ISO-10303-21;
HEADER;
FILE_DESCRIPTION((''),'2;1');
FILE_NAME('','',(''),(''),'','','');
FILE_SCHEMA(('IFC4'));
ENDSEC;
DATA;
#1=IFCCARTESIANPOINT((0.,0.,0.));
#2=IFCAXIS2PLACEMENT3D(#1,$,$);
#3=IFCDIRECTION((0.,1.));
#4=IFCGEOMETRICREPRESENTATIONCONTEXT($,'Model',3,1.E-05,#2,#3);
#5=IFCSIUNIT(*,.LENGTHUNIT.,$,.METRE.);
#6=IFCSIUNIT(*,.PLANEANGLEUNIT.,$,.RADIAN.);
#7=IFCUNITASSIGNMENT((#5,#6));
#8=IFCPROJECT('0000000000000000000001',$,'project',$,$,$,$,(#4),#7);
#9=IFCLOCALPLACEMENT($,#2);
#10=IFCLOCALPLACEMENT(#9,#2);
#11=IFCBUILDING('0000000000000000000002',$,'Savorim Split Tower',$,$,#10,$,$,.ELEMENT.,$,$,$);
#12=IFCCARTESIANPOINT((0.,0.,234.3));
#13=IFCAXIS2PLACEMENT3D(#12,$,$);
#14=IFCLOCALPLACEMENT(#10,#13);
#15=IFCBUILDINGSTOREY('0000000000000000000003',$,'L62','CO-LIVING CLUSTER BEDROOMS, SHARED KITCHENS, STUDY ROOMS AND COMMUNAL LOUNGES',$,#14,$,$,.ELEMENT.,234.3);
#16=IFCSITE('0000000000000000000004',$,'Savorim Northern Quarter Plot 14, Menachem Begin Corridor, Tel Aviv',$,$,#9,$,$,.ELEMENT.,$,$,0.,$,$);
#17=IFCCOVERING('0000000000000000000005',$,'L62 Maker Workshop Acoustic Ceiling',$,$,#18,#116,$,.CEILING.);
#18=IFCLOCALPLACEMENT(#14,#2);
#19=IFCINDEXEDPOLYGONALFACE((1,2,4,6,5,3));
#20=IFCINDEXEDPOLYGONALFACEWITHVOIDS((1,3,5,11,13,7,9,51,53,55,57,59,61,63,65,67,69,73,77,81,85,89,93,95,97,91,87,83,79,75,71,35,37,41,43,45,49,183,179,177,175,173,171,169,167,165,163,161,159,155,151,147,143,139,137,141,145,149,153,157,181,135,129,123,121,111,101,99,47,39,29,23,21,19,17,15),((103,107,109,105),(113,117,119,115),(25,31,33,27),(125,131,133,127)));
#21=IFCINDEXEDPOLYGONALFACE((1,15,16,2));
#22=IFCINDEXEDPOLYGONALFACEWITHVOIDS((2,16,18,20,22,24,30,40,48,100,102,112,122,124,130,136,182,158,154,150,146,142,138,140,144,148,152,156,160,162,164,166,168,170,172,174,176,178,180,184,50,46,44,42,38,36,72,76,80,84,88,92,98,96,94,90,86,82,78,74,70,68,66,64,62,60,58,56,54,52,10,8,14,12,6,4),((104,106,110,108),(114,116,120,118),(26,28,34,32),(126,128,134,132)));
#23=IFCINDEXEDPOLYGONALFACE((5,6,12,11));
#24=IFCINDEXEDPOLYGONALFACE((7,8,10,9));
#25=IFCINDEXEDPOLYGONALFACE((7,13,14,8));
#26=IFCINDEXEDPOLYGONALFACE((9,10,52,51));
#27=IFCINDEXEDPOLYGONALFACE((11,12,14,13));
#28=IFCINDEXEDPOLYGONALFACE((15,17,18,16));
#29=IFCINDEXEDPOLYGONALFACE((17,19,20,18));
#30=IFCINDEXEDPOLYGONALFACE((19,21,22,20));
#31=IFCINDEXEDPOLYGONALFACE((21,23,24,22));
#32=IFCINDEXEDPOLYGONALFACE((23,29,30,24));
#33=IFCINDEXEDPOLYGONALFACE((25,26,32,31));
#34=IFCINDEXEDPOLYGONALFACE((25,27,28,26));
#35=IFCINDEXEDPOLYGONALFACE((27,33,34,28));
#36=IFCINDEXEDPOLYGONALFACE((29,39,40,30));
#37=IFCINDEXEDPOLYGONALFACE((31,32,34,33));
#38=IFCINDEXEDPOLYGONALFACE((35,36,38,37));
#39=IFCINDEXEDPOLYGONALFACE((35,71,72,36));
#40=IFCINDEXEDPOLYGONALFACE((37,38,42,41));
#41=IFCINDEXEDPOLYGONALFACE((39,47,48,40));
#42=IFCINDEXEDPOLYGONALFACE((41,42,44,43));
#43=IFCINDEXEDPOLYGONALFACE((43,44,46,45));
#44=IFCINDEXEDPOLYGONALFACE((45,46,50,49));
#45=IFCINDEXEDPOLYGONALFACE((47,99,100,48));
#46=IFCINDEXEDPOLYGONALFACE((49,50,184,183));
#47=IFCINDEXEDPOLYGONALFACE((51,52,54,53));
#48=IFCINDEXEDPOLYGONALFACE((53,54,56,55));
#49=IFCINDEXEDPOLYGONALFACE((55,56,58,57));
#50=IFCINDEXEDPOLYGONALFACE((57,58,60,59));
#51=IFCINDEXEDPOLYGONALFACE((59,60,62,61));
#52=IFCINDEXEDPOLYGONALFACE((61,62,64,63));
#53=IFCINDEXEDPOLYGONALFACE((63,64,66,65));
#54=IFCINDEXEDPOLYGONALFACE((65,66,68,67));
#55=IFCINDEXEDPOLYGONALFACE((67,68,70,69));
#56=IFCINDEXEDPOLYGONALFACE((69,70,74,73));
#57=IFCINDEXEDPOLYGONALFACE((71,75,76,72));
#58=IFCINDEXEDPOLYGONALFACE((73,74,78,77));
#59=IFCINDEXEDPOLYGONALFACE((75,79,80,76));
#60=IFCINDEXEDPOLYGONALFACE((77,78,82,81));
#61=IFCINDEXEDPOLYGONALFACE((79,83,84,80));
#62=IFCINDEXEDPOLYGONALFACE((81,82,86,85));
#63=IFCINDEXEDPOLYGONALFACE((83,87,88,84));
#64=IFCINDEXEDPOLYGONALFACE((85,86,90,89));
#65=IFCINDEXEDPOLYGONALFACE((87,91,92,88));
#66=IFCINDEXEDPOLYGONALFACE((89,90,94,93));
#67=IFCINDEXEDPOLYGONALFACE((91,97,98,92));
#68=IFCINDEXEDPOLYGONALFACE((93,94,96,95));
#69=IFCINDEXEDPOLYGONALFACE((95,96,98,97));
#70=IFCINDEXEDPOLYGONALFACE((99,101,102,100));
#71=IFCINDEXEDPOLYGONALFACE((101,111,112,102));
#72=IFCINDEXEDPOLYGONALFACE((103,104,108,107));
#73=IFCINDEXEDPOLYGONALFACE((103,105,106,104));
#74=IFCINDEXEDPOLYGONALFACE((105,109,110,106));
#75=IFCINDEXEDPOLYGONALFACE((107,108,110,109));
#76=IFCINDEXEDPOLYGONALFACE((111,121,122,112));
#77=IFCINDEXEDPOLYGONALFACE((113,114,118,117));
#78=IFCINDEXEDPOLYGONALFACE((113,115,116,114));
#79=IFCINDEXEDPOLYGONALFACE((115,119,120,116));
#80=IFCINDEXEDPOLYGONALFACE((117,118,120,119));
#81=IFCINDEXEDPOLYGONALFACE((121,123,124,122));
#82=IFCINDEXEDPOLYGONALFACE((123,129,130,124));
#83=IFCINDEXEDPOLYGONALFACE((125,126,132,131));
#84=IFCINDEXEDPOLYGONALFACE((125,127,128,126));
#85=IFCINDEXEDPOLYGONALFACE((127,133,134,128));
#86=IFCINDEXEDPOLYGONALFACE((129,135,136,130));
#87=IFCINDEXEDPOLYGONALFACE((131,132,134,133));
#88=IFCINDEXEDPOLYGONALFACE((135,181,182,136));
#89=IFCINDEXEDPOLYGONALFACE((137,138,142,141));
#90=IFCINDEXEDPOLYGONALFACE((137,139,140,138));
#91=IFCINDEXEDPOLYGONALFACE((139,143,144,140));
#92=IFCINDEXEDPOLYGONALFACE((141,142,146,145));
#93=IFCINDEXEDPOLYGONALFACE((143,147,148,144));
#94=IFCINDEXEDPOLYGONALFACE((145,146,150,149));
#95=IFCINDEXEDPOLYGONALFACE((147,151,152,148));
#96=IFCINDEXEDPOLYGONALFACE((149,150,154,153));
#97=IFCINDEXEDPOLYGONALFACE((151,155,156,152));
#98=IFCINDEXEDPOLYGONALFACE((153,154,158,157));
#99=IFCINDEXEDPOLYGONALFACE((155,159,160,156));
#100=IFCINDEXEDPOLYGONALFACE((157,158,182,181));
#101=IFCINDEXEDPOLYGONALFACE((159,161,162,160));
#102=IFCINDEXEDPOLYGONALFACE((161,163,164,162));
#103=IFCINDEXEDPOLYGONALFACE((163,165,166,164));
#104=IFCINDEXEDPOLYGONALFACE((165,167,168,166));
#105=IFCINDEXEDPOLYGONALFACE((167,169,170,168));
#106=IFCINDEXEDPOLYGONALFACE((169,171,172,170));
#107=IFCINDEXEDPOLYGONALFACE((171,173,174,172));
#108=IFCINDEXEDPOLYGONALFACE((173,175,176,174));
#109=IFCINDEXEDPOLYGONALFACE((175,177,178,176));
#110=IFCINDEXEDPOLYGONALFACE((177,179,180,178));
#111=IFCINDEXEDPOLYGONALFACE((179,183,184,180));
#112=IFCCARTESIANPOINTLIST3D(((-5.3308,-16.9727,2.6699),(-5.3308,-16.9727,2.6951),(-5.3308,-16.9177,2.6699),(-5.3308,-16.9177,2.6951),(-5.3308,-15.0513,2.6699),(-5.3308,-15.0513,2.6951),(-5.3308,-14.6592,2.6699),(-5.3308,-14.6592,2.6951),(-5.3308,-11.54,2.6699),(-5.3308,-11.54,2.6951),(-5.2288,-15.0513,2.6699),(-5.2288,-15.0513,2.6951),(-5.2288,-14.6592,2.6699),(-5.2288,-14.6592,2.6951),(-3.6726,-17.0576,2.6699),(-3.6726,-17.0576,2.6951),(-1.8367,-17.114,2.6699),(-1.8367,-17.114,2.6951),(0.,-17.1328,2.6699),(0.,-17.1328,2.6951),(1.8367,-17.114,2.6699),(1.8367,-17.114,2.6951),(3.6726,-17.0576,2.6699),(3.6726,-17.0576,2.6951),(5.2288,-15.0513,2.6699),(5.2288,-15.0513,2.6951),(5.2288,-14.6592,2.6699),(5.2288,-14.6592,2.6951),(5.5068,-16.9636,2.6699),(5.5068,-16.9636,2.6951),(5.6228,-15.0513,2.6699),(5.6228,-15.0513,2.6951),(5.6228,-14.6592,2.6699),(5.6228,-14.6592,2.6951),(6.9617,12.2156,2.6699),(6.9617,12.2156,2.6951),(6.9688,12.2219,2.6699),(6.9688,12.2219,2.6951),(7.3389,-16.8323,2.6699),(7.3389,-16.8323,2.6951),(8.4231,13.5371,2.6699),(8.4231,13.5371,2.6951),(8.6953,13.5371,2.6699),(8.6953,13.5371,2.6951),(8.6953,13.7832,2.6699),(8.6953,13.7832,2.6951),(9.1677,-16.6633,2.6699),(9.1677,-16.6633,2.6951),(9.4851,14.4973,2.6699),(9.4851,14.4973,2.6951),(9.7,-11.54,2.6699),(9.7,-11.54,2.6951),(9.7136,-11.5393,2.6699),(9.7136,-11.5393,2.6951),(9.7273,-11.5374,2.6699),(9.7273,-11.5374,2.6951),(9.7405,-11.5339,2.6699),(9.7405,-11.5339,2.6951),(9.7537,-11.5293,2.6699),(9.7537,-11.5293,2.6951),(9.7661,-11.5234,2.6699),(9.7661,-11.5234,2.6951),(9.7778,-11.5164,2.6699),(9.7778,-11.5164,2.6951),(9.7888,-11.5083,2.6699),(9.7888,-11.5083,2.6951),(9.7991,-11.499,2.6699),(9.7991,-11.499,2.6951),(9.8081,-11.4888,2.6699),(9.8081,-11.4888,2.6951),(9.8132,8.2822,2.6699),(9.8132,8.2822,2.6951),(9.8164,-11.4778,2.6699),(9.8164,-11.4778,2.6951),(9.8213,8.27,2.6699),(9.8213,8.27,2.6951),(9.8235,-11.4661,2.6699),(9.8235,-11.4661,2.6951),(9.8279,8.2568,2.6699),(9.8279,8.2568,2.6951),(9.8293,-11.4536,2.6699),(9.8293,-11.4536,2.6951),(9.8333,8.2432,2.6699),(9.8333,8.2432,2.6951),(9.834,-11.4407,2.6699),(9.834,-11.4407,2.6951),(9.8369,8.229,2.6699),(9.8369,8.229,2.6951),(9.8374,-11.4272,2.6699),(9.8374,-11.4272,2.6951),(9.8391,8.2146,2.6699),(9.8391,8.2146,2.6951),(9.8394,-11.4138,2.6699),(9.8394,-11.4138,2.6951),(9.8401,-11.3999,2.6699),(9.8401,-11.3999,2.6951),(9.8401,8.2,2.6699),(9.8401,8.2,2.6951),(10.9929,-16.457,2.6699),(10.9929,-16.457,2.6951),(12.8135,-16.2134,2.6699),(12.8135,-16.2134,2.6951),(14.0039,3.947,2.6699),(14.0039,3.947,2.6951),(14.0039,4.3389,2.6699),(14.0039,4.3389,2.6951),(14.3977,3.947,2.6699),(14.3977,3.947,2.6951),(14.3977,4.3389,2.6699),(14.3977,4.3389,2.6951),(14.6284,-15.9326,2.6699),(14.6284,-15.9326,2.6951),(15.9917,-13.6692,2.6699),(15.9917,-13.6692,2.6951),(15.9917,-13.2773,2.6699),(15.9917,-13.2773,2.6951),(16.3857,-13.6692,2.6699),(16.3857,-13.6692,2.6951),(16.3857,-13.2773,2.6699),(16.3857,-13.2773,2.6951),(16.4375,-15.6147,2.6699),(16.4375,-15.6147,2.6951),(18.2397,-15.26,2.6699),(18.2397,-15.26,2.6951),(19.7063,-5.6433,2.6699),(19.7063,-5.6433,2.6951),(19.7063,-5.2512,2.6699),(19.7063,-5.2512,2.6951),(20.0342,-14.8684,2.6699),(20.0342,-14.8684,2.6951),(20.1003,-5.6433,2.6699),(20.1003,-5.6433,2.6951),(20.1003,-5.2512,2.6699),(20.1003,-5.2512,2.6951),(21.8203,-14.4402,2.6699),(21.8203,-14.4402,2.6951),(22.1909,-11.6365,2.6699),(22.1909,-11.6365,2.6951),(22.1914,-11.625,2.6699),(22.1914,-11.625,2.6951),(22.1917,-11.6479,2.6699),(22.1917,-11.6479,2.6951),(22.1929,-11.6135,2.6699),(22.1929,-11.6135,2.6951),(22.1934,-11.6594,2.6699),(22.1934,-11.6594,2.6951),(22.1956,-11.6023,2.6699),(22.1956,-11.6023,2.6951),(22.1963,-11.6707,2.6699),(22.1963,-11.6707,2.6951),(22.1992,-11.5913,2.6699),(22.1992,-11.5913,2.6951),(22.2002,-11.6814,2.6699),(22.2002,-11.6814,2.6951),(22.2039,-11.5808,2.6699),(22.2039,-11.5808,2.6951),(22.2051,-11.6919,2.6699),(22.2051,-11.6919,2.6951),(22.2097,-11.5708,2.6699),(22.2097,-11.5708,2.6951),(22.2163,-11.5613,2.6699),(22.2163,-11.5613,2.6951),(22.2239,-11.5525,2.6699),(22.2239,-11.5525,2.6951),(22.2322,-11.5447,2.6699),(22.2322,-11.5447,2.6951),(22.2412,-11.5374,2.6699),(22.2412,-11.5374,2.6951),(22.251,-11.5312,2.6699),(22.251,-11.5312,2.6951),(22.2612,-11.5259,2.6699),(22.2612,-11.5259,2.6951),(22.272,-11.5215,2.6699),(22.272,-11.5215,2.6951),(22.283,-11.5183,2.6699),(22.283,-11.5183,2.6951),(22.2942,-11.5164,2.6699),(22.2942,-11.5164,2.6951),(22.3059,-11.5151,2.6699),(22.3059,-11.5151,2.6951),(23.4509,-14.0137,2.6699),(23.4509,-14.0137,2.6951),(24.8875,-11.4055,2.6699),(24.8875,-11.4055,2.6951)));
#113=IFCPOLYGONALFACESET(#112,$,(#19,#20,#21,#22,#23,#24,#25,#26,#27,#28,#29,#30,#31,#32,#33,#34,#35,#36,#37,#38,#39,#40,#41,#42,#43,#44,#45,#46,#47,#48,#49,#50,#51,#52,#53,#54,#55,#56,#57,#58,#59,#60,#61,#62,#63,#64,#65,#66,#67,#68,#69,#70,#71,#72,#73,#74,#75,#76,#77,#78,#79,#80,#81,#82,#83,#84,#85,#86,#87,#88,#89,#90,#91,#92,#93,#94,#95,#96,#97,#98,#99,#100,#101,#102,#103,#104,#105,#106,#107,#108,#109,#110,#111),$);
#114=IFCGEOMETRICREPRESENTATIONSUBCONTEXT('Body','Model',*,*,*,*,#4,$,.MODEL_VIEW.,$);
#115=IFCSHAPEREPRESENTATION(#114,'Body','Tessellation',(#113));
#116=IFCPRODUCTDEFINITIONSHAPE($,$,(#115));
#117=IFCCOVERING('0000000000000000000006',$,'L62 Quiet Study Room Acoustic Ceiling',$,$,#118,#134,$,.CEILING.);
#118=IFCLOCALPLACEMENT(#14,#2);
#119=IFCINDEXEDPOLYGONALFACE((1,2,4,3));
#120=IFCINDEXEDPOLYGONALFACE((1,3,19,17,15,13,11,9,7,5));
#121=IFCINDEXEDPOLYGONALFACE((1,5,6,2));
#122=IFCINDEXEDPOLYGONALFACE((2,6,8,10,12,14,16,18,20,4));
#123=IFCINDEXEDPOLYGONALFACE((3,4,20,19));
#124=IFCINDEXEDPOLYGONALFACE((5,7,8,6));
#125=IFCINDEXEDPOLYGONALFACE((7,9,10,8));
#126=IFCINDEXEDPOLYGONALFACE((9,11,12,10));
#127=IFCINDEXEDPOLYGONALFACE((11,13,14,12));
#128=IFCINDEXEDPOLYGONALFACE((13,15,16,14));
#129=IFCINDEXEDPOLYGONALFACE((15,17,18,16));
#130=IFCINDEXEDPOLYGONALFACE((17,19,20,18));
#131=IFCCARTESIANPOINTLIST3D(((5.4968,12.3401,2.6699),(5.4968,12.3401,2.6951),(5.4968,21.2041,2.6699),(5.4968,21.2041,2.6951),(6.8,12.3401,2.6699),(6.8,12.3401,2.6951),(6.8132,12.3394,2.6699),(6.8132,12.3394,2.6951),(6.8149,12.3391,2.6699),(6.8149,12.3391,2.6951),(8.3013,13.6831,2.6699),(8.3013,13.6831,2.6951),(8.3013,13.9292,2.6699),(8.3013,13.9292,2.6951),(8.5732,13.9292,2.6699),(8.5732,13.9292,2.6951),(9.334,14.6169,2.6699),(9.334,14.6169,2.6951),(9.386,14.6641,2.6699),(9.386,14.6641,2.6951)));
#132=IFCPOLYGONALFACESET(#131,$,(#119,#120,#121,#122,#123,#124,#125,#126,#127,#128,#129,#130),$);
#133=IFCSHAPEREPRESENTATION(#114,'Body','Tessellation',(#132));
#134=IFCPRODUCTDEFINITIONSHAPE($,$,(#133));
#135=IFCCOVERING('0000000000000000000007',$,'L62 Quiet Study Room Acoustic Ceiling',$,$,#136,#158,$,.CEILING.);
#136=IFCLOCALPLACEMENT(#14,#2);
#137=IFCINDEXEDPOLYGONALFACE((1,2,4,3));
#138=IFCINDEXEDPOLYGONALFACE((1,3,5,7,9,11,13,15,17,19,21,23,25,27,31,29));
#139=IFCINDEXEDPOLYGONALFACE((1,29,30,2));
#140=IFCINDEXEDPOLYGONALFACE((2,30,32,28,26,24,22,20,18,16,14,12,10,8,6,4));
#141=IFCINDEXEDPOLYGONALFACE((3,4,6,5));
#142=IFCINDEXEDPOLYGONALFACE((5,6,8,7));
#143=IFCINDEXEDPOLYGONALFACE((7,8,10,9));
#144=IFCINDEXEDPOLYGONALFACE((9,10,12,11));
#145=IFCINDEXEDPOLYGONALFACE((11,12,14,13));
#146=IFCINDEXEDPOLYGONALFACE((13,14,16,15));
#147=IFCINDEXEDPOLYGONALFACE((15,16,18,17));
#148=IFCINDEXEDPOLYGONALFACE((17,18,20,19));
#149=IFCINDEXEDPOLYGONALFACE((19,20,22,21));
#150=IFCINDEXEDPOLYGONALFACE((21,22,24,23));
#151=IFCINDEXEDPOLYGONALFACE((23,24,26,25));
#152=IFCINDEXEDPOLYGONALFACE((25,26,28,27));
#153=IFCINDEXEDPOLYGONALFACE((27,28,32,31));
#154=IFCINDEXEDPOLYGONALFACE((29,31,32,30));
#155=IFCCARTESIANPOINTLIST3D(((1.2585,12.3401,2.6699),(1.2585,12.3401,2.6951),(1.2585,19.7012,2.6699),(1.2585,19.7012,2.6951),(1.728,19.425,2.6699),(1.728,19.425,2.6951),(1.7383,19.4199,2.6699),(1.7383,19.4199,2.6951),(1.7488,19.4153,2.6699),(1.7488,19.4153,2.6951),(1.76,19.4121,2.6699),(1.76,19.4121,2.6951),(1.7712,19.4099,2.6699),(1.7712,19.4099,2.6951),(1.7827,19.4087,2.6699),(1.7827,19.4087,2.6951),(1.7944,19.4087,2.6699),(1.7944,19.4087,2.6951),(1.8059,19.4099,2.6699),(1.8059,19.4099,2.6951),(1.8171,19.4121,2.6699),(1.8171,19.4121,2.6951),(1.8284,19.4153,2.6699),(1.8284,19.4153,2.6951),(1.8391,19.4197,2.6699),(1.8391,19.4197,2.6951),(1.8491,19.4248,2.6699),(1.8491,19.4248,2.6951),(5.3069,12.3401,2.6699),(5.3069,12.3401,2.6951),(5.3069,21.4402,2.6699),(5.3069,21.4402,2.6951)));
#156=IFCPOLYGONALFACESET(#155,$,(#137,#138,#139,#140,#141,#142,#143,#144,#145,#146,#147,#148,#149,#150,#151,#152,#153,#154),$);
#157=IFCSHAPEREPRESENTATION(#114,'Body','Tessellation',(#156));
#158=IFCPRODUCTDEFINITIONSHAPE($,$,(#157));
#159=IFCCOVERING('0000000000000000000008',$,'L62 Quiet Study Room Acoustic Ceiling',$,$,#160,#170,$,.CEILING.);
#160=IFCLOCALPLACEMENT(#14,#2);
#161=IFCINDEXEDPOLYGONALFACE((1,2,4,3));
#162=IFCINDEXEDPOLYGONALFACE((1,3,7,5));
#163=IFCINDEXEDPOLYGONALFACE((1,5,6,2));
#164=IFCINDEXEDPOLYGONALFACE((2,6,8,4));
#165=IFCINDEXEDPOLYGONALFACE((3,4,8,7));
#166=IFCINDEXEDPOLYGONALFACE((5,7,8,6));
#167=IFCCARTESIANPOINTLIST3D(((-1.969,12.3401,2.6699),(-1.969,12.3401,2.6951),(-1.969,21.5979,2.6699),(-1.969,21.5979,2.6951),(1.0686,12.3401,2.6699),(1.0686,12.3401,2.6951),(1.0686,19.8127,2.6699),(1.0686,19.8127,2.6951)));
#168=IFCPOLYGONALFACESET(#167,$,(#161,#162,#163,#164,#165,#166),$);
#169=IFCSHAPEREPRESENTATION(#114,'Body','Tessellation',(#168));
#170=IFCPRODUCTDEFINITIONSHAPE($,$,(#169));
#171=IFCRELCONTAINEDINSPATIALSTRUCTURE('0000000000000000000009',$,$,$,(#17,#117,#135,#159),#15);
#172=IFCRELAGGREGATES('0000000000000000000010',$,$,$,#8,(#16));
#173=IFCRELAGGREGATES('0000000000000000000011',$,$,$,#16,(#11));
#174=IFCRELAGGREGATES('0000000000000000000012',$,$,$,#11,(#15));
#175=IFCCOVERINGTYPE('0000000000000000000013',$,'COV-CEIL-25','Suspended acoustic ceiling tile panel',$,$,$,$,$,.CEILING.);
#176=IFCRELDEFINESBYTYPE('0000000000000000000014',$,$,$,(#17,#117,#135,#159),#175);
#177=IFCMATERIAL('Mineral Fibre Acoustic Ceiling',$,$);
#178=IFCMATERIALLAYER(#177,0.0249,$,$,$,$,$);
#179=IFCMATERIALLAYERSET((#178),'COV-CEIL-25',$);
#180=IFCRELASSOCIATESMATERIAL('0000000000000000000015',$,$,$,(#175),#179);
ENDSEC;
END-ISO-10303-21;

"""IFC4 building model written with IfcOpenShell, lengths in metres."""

from ifc_helpers import new_model, si_unit, direction, frame, origin, place, context, subcontext, project, spatial, polyline, outline, extrude, material, layer, layer_set, type_object, element, save


model = new_model("IFC4")

# Units and contexts
model_context = context("Model", 3, precision=1e-05, world=origin(), true_north=direction((0.0, 1.0)))
body_context = subcontext(model_context, "Body", "Model", "MODEL_VIEW")
ifc_project = project(units=[si_unit("LENGTHUNIT", "METRE"), si_unit("PLANEANGLEUNIT", "RADIAN")], contexts=[model_context])

# Site, building, storey
site_placement = place(None, origin())
site = spatial("IfcSite", under=ifc_project, at=site_placement, Name="Savorim Northern Quarter Plot 14, Menachem Begin Corridor, Tel Aviv", CompositionType="ELEMENT", RefElevation=0.0)
building_placement = place(site_placement, origin())
building = spatial("IfcBuilding", under=site, at=building_placement, Name="Savorim Split Tower", CompositionType="ELEMENT")
storey_placement = place(building_placement, frame((0.0, 0.0, 234.3)))
storey = spatial("IfcBuildingStorey", under=building, at=storey_placement, Name="L62", Description="CO-LIVING CLUSTER BEDROOMS, SHARED KITCHENS, STUDY ROOMS AND COMMUNAL LOUNGES", CompositionType="ELEMENT", Elevation=234.3)

# Coverings
ifc_material_1 = material(Name="Mineral Fibre Acoustic Ceiling")
ifc_layer_1 = layer(ifc_material_1, 0.0249)
ifc_layer_set_1 = layer_set([ifc_layer_1], Name="COV-CEIL-25")
covering_type_1 = type_object("IfcCoveringType", Name="COV-CEIL-25", Description="Suspended acoustic ceiling tile panel", PredefinedType="CEILING", material=ifc_layer_set_1)
covering_1_placement = place(storey_placement, frame((0.0, 0.0, 2.6699)))
element("IfcCovering", 1, at=covering_1_placement, inside=storey, type_object=covering_type_1, Name="L62 Maker Workshop Acoustic Ceiling", PredefinedType="CEILING", context=body_context, shape_type="SweptSolid", body=[
    extrude(outline(polyline([(22.283, -11.5183), (22.2942, -11.5164), (22.3059, -11.5151), (24.8875, -11.4055), (9.4851, 14.4973), (8.6953, 13.7832), (8.6953, 13.5371), (8.4231, 13.5371), (6.9688, 12.2219), (6.9617, 12.2156), (9.8132, 8.2822), (9.8213, 8.27), (9.8279, 8.2568), (9.8333, 8.2432), (9.8369, 8.229), (9.8391, 8.2146), (9.8401, 8.2), (9.8401, -11.3999), (9.8394, -11.4138), (9.8374, -11.4272), (9.834, -11.4407), (9.8293, -11.4536), (9.8235, -11.4661), (9.8164, -11.4778), (9.8081, -11.4888), (9.7991, -11.499), (9.7888, -11.5083), (9.7778, -11.5164), (9.7661, -11.5234), (9.7537, -11.5293), (9.7405, -11.5339), (9.7273, -11.5374), (9.7136, -11.5393), (9.7, -11.54), (-5.3308, -11.54), (-5.3308, -14.6592), (-5.2288, -14.6592), (-5.2288, -15.0513), (-5.3308, -15.0513), (-5.3308, -16.9177), (-5.3308, -16.9727), (-3.6726, -17.0576), (-1.8367, -17.114), (0.0, -17.1328), (1.8367, -17.114), (3.6726, -17.0576), (5.5068, -16.9636), (7.3389, -16.8323), (9.1677, -16.6633), (10.9929, -16.457), (12.8135, -16.2134), (14.6284, -15.9326), (16.4375, -15.6147), (18.2397, -15.26), (20.0342, -14.8684), (21.8203, -14.4402), (23.4509, -14.0137), (22.2051, -11.6919), (22.2002, -11.6814), (22.1963, -11.6707), (22.1934, -11.6594), (22.1917, -11.6479), (22.1909, -11.6365), (22.1914, -11.625), (22.1929, -11.6135), (22.1956, -11.6023), (22.1992, -11.5913), (22.2039, -11.5808), (22.2097, -11.5708), (22.2163, -11.5613), (22.2239, -11.5525), (22.2322, -11.5447), (22.2412, -11.5374), (22.251, -11.5312), (22.2612, -11.5259), (22.272, -11.5215), (22.283, -11.5183)]), holes=[polyline([(5.2288, -15.0513), (5.6228, -15.0513), (5.6228, -14.6592), (5.2288, -14.6592), (5.2288, -15.0513)]), polyline([(16.3857, -13.6692), (16.3857, -13.2773), (15.9917, -13.2773), (15.9917, -13.6692), (16.3857, -13.6692)]), polyline([(20.1003, -5.6433), (20.1003, -5.2512), (19.7063, -5.2512), (19.7063, -5.6433), (20.1003, -5.6433)]), polyline([(14.3977, 3.947), (14.3977, 4.3389), (14.0039, 4.3389), (14.0039, 3.947), (14.3977, 3.947)])]), origin(), (0.0, 0.0, 1.0), 0.0251),
])
covering_2_placement = place(storey_placement, frame((0.0, 0.0, 2.6699)))
element("IfcCovering", 2, at=covering_2_placement, inside=storey, type_object=covering_type_1, Name="L62 Quiet Study Room Acoustic Ceiling", PredefinedType="CEILING", context=body_context, shape_type="SweptSolid", body=[
    extrude(outline(polyline([(8.5732, 13.9292), (9.334, 14.6169), (9.386, 14.6641), (5.4968, 21.2041), (5.4968, 12.3401), (6.8, 12.3401), (6.8132, 12.3394), (6.8149, 12.3391), (8.3013, 13.6831), (8.3013, 13.9292), (8.5732, 13.9292)])), origin(), (0.0, 0.0, 1.0), 0.0251),
])
covering_3_placement = place(storey_placement, frame((0.0, 0.0, 2.6699)))
element("IfcCovering", 3, at=covering_3_placement, inside=storey, type_object=covering_type_1, Name="L62 Quiet Study Room Acoustic Ceiling", PredefinedType="CEILING", context=body_context, shape_type="SweptSolid", body=[
    extrude(outline(polyline([(1.7488, 19.4153), (1.7383, 19.4199), (1.728, 19.425), (1.2585, 19.7012), (1.2585, 12.3401), (5.3069, 12.3401), (5.3069, 21.4402), (1.8491, 19.4248), (1.8391, 19.4197), (1.8284, 19.4153), (1.8171, 19.4121), (1.8059, 19.4099), (1.7944, 19.4087), (1.7827, 19.4087), (1.7712, 19.4099), (1.76, 19.4121), (1.7488, 19.4153)])), origin(), (0.0, 0.0, 1.0), 0.0251),
])
covering_4_placement = place(storey_placement, frame((0.0, 0.0, 2.6699)))
element("IfcCovering", 4, at=covering_4_placement, inside=storey, type_object=covering_type_1, Name="L62 Quiet Study Room Acoustic Ceiling", PredefinedType="CEILING", context=body_context, shape_type="SweptSolid", body=[
    extrude(outline(polyline([(-1.969, 12.3401), (1.0686, 12.3401), (1.0686, 19.8127), (-1.969, 21.5979), (-1.969, 12.3401)])), origin(), (0.0, 0.0, 1.0), 0.0251),
])

save(model, "model.ifc")
